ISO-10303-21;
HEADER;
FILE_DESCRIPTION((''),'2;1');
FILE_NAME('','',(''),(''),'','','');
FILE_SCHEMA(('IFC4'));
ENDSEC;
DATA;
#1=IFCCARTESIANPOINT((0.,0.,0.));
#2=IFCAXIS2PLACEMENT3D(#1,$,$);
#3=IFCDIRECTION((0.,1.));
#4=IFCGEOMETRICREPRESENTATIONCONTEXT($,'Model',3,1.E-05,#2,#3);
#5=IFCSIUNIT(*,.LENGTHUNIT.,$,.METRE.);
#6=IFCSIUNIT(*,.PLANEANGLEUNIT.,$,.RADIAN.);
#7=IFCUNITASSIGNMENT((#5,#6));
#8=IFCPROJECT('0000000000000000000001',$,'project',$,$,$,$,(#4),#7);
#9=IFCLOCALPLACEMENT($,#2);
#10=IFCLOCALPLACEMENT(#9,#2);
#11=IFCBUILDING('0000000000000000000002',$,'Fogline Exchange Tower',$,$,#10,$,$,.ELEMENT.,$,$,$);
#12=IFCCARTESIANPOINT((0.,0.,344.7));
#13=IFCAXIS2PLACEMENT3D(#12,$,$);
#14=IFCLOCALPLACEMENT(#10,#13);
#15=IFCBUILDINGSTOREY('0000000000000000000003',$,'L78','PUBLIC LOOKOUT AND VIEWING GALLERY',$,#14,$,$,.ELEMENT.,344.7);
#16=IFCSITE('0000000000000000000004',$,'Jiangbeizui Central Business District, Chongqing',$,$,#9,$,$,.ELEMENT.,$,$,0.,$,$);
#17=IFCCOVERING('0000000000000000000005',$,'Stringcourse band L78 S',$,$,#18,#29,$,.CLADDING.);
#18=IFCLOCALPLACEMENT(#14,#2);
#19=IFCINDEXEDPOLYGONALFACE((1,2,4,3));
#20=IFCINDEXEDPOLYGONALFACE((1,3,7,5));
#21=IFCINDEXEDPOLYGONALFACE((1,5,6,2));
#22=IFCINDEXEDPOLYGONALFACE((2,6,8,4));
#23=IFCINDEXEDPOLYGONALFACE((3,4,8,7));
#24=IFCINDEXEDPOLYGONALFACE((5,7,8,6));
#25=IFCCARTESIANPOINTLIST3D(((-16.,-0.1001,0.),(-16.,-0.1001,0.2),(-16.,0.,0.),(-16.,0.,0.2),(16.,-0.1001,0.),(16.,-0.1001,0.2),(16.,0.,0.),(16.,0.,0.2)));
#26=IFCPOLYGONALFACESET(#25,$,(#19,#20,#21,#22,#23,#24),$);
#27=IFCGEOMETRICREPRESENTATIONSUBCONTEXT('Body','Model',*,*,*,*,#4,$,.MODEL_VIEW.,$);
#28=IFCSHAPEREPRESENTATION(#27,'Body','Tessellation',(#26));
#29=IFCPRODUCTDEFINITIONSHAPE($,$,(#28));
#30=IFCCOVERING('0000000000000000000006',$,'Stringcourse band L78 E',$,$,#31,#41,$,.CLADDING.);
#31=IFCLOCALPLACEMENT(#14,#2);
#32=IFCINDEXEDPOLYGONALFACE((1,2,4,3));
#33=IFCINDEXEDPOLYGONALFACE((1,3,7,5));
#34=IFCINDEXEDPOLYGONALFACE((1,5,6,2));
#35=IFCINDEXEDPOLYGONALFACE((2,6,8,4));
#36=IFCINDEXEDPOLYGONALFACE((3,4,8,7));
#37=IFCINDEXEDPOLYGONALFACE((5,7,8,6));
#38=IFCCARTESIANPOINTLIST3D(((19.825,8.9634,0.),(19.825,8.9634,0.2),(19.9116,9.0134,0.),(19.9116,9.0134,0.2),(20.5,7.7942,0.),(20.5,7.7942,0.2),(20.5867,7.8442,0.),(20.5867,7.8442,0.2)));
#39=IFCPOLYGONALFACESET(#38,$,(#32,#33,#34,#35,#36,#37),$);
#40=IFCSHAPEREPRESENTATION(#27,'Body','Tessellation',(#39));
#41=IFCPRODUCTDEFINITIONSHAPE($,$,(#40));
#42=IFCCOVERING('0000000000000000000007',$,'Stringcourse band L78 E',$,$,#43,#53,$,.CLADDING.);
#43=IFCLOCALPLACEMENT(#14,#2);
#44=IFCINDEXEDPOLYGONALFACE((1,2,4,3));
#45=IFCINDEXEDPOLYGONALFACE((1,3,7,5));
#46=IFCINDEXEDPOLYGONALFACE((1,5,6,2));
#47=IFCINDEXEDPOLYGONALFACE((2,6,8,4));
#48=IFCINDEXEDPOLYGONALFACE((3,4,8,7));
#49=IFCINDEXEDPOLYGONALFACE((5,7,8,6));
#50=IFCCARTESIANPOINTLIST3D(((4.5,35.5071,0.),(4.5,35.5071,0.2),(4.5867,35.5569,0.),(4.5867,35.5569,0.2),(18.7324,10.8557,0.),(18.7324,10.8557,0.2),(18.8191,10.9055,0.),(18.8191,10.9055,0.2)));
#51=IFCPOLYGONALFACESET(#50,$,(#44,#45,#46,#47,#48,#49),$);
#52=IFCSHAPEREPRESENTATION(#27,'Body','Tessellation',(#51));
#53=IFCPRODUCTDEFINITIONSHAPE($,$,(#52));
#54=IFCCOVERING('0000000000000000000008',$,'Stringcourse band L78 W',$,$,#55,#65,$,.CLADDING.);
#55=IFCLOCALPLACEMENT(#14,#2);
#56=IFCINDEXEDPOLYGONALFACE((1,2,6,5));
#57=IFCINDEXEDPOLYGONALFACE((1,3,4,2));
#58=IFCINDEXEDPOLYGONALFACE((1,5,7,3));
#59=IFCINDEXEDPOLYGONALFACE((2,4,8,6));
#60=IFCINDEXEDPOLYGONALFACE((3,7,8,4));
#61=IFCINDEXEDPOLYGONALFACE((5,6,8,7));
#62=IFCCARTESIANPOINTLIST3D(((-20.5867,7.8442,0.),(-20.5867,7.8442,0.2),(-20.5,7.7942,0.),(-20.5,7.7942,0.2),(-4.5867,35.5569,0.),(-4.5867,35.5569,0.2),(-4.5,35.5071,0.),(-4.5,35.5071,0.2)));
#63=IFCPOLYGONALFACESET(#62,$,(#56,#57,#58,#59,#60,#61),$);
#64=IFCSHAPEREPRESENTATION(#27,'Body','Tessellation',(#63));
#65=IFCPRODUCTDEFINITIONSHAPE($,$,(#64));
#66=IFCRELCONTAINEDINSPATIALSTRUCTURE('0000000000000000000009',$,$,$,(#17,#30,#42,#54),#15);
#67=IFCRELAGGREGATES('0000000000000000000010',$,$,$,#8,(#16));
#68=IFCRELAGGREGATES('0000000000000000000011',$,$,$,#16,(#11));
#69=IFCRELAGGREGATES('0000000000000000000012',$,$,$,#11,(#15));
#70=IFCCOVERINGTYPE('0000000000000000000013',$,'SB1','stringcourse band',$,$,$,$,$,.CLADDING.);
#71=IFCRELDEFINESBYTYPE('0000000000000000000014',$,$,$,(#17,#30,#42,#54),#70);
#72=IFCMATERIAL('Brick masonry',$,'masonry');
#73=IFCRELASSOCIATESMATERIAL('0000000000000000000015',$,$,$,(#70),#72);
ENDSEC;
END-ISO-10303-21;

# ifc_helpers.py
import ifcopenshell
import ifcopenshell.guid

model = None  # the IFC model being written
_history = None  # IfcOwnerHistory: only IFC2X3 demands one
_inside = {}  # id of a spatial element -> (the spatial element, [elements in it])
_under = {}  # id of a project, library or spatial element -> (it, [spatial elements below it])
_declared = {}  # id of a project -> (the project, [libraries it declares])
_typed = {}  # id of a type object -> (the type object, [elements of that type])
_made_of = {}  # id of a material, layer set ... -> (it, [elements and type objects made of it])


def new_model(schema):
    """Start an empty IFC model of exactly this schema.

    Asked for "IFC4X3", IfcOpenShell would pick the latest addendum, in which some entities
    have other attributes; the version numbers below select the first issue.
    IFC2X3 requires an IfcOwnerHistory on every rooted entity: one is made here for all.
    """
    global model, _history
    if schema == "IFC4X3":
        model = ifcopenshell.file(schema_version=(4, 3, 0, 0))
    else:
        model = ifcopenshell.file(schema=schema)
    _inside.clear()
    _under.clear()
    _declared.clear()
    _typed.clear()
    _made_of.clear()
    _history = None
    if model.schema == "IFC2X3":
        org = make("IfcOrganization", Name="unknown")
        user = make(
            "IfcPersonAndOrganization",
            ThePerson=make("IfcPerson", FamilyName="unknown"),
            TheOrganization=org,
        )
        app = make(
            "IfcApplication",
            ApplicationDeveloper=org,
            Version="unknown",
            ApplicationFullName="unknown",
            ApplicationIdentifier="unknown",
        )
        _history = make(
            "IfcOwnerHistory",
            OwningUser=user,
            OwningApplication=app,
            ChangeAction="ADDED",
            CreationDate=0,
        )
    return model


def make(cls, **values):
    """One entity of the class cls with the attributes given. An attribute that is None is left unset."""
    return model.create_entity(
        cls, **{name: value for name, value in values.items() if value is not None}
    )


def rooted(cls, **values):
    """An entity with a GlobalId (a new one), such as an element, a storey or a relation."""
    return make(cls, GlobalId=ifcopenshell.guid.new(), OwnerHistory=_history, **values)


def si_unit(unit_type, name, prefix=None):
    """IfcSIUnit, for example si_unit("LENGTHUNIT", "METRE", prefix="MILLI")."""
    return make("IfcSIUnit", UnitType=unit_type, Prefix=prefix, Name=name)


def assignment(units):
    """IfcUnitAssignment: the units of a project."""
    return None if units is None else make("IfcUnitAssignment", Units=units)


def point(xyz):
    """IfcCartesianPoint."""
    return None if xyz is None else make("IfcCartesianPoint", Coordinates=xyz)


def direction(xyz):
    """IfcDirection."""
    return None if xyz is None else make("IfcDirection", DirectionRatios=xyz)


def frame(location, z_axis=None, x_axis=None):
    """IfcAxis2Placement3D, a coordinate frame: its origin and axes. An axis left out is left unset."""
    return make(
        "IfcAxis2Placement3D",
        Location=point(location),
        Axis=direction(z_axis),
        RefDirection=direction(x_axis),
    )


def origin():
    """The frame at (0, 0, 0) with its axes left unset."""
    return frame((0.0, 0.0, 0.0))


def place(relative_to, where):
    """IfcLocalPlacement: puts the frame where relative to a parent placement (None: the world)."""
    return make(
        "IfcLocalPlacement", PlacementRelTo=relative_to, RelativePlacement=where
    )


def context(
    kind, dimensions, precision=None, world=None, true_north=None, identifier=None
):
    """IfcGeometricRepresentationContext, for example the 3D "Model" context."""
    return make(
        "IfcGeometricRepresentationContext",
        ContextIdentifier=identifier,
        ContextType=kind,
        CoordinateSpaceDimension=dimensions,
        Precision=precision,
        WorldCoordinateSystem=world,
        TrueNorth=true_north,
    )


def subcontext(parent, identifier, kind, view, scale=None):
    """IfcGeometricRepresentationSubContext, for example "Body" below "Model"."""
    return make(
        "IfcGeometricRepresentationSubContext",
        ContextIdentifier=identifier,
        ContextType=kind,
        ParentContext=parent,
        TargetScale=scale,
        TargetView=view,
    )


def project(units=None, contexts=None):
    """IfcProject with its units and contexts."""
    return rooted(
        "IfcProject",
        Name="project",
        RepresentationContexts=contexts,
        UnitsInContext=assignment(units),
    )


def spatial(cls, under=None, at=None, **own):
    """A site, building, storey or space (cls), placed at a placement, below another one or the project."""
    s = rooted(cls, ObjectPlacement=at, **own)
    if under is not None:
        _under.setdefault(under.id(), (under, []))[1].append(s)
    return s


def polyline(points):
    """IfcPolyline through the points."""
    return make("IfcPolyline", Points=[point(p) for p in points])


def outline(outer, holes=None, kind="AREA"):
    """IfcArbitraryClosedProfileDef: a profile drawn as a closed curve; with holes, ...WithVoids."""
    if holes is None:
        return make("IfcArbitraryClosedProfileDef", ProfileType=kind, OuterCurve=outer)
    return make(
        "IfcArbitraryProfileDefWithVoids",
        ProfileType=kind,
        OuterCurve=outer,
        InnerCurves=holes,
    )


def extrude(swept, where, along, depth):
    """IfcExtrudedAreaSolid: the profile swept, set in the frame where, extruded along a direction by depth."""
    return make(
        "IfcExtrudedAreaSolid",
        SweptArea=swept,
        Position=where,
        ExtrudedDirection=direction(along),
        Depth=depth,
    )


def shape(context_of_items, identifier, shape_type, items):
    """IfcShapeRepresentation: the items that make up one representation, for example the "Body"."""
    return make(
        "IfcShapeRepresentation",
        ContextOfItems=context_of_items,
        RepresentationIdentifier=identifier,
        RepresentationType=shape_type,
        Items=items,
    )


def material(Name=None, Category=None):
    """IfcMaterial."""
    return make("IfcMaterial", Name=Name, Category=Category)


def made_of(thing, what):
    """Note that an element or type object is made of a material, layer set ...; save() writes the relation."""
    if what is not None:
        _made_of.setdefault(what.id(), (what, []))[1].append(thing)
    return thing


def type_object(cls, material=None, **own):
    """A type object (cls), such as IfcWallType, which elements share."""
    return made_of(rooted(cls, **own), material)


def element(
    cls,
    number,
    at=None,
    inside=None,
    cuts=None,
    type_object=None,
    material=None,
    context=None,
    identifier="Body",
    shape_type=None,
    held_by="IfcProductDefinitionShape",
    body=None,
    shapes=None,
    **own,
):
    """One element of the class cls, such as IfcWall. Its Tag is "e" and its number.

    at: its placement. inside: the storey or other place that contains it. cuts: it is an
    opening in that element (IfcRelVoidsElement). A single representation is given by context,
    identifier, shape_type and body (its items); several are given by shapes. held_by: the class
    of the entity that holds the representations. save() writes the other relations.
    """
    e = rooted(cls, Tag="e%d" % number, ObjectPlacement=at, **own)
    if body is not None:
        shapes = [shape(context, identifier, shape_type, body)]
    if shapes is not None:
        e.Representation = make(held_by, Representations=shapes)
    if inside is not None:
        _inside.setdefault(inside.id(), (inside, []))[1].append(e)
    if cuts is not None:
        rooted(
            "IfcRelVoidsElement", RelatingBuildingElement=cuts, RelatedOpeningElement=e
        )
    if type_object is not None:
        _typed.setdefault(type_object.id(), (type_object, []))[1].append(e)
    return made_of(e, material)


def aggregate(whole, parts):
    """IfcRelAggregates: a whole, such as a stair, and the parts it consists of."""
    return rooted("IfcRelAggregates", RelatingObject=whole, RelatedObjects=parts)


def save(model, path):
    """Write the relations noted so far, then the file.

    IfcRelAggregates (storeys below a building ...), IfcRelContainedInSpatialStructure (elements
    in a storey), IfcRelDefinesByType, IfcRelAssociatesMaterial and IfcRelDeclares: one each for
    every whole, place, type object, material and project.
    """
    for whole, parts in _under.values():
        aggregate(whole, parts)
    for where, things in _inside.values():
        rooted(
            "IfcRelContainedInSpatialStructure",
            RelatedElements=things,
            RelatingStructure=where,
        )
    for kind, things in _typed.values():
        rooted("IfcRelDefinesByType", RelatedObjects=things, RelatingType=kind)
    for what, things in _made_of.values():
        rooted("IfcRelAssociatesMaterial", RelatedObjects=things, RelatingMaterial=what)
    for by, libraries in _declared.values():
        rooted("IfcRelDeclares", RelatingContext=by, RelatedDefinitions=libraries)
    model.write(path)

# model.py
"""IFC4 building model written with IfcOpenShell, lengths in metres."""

from ifc_helpers import new_model, si_unit, direction, frame, origin, place, context, subcontext, project, spatial, polyline, outline, extrude, material, type_object, element, save


model = new_model("IFC4")

# Units and contexts
model_context = context("Model", 3, precision=1e-05, world=origin(), true_north=direction((0.0, 1.0)))
body_context = subcontext(model_context, "Body", "Model", "MODEL_VIEW")
ifc_project = project(units=[si_unit("LENGTHUNIT", "METRE"), si_unit("PLANEANGLEUNIT", "RADIAN")], contexts=[model_context])

# Site, building, storey
site_placement = place(None, origin())
site = spatial("IfcSite", under=ifc_project, at=site_placement, Name="Jiangbeizui Central Business District, Chongqing", CompositionType="ELEMENT", RefElevation=0.0)
building_placement = place(site_placement, origin())
building = spatial("IfcBuilding", under=site, at=building_placement, Name="Fogline Exchange Tower", CompositionType="ELEMENT")
storey_placement = place(building_placement, frame((0.0, 0.0, 344.7)))
storey = spatial("IfcBuildingStorey", under=building, at=storey_placement, Name="L78", Description="PUBLIC LOOKOUT AND VIEWING GALLERY", CompositionType="ELEMENT", Elevation=344.7)

# Shared definitions
ifc_material_1 = material(Name="Brick masonry", Category="masonry")

# Coverings
covering_type = type_object("IfcCoveringType", Name="SB1", Description="stringcourse band", PredefinedType="CLADDING", material=ifc_material_1)
covering_1_placement = place(storey_placement, origin())
element("IfcCovering", 1, at=covering_1_placement, inside=storey, type_object=covering_type, Name="Stringcourse band L78 S", PredefinedType="CLADDING", context=body_context, shape_type="SweptSolid", body=[
    extrude(outline(polyline([(-16.0, 0.0), (-16.0, -0.1001), (16.0, -0.1001), (16.0, 0.0), (-16.0, 0.0)])), origin(), (0.0, 0.0, 1.0), 0.2),
])
covering_2_placement = place(storey_placement, origin())
element("IfcCovering", 2, at=covering_2_placement, inside=storey, type_object=covering_type, Name="Stringcourse band L78 E", PredefinedType="CLADDING", context=body_context, shape_type="SweptSolid", body=[
    extrude(outline(polyline([(20.5, 7.7942), (20.5867, 7.8442), (19.9116, 9.0134), (19.825, 8.9634), (20.5, 7.7942)])), origin(), (0.0, 0.0, 1.0), 0.2),
])
covering_3_placement = place(storey_placement, origin())
element("IfcCovering", 3, at=covering_3_placement, inside=storey, type_object=covering_type, Name="Stringcourse band L78 E", PredefinedType="CLADDING", context=body_context, shape_type="SweptSolid", body=[
    extrude(outline(polyline([(18.7324, 10.8557), (18.8191, 10.9055), (4.5867, 35.5569), (4.5, 35.5071), (18.7324, 10.8557)])), origin(), (0.0, 0.0, 1.0), 0.2),
])
covering_4_placement = place(storey_placement, origin())
element("IfcCovering", 4, at=covering_4_placement, inside=storey, type_object=covering_type, Name="Stringcourse band L78 W", PredefinedType="CLADDING", context=body_context, shape_type="SweptSolid", body=[
    extrude(outline(polyline([(-4.5, 35.5071), (-4.5867, 35.5569), (-20.5867, 7.8442), (-20.5, 7.7942), (-4.5, 35.5071)])), origin(), (0.0, 0.0, 1.0), 0.2),
])

save(model, "model.ifc")
